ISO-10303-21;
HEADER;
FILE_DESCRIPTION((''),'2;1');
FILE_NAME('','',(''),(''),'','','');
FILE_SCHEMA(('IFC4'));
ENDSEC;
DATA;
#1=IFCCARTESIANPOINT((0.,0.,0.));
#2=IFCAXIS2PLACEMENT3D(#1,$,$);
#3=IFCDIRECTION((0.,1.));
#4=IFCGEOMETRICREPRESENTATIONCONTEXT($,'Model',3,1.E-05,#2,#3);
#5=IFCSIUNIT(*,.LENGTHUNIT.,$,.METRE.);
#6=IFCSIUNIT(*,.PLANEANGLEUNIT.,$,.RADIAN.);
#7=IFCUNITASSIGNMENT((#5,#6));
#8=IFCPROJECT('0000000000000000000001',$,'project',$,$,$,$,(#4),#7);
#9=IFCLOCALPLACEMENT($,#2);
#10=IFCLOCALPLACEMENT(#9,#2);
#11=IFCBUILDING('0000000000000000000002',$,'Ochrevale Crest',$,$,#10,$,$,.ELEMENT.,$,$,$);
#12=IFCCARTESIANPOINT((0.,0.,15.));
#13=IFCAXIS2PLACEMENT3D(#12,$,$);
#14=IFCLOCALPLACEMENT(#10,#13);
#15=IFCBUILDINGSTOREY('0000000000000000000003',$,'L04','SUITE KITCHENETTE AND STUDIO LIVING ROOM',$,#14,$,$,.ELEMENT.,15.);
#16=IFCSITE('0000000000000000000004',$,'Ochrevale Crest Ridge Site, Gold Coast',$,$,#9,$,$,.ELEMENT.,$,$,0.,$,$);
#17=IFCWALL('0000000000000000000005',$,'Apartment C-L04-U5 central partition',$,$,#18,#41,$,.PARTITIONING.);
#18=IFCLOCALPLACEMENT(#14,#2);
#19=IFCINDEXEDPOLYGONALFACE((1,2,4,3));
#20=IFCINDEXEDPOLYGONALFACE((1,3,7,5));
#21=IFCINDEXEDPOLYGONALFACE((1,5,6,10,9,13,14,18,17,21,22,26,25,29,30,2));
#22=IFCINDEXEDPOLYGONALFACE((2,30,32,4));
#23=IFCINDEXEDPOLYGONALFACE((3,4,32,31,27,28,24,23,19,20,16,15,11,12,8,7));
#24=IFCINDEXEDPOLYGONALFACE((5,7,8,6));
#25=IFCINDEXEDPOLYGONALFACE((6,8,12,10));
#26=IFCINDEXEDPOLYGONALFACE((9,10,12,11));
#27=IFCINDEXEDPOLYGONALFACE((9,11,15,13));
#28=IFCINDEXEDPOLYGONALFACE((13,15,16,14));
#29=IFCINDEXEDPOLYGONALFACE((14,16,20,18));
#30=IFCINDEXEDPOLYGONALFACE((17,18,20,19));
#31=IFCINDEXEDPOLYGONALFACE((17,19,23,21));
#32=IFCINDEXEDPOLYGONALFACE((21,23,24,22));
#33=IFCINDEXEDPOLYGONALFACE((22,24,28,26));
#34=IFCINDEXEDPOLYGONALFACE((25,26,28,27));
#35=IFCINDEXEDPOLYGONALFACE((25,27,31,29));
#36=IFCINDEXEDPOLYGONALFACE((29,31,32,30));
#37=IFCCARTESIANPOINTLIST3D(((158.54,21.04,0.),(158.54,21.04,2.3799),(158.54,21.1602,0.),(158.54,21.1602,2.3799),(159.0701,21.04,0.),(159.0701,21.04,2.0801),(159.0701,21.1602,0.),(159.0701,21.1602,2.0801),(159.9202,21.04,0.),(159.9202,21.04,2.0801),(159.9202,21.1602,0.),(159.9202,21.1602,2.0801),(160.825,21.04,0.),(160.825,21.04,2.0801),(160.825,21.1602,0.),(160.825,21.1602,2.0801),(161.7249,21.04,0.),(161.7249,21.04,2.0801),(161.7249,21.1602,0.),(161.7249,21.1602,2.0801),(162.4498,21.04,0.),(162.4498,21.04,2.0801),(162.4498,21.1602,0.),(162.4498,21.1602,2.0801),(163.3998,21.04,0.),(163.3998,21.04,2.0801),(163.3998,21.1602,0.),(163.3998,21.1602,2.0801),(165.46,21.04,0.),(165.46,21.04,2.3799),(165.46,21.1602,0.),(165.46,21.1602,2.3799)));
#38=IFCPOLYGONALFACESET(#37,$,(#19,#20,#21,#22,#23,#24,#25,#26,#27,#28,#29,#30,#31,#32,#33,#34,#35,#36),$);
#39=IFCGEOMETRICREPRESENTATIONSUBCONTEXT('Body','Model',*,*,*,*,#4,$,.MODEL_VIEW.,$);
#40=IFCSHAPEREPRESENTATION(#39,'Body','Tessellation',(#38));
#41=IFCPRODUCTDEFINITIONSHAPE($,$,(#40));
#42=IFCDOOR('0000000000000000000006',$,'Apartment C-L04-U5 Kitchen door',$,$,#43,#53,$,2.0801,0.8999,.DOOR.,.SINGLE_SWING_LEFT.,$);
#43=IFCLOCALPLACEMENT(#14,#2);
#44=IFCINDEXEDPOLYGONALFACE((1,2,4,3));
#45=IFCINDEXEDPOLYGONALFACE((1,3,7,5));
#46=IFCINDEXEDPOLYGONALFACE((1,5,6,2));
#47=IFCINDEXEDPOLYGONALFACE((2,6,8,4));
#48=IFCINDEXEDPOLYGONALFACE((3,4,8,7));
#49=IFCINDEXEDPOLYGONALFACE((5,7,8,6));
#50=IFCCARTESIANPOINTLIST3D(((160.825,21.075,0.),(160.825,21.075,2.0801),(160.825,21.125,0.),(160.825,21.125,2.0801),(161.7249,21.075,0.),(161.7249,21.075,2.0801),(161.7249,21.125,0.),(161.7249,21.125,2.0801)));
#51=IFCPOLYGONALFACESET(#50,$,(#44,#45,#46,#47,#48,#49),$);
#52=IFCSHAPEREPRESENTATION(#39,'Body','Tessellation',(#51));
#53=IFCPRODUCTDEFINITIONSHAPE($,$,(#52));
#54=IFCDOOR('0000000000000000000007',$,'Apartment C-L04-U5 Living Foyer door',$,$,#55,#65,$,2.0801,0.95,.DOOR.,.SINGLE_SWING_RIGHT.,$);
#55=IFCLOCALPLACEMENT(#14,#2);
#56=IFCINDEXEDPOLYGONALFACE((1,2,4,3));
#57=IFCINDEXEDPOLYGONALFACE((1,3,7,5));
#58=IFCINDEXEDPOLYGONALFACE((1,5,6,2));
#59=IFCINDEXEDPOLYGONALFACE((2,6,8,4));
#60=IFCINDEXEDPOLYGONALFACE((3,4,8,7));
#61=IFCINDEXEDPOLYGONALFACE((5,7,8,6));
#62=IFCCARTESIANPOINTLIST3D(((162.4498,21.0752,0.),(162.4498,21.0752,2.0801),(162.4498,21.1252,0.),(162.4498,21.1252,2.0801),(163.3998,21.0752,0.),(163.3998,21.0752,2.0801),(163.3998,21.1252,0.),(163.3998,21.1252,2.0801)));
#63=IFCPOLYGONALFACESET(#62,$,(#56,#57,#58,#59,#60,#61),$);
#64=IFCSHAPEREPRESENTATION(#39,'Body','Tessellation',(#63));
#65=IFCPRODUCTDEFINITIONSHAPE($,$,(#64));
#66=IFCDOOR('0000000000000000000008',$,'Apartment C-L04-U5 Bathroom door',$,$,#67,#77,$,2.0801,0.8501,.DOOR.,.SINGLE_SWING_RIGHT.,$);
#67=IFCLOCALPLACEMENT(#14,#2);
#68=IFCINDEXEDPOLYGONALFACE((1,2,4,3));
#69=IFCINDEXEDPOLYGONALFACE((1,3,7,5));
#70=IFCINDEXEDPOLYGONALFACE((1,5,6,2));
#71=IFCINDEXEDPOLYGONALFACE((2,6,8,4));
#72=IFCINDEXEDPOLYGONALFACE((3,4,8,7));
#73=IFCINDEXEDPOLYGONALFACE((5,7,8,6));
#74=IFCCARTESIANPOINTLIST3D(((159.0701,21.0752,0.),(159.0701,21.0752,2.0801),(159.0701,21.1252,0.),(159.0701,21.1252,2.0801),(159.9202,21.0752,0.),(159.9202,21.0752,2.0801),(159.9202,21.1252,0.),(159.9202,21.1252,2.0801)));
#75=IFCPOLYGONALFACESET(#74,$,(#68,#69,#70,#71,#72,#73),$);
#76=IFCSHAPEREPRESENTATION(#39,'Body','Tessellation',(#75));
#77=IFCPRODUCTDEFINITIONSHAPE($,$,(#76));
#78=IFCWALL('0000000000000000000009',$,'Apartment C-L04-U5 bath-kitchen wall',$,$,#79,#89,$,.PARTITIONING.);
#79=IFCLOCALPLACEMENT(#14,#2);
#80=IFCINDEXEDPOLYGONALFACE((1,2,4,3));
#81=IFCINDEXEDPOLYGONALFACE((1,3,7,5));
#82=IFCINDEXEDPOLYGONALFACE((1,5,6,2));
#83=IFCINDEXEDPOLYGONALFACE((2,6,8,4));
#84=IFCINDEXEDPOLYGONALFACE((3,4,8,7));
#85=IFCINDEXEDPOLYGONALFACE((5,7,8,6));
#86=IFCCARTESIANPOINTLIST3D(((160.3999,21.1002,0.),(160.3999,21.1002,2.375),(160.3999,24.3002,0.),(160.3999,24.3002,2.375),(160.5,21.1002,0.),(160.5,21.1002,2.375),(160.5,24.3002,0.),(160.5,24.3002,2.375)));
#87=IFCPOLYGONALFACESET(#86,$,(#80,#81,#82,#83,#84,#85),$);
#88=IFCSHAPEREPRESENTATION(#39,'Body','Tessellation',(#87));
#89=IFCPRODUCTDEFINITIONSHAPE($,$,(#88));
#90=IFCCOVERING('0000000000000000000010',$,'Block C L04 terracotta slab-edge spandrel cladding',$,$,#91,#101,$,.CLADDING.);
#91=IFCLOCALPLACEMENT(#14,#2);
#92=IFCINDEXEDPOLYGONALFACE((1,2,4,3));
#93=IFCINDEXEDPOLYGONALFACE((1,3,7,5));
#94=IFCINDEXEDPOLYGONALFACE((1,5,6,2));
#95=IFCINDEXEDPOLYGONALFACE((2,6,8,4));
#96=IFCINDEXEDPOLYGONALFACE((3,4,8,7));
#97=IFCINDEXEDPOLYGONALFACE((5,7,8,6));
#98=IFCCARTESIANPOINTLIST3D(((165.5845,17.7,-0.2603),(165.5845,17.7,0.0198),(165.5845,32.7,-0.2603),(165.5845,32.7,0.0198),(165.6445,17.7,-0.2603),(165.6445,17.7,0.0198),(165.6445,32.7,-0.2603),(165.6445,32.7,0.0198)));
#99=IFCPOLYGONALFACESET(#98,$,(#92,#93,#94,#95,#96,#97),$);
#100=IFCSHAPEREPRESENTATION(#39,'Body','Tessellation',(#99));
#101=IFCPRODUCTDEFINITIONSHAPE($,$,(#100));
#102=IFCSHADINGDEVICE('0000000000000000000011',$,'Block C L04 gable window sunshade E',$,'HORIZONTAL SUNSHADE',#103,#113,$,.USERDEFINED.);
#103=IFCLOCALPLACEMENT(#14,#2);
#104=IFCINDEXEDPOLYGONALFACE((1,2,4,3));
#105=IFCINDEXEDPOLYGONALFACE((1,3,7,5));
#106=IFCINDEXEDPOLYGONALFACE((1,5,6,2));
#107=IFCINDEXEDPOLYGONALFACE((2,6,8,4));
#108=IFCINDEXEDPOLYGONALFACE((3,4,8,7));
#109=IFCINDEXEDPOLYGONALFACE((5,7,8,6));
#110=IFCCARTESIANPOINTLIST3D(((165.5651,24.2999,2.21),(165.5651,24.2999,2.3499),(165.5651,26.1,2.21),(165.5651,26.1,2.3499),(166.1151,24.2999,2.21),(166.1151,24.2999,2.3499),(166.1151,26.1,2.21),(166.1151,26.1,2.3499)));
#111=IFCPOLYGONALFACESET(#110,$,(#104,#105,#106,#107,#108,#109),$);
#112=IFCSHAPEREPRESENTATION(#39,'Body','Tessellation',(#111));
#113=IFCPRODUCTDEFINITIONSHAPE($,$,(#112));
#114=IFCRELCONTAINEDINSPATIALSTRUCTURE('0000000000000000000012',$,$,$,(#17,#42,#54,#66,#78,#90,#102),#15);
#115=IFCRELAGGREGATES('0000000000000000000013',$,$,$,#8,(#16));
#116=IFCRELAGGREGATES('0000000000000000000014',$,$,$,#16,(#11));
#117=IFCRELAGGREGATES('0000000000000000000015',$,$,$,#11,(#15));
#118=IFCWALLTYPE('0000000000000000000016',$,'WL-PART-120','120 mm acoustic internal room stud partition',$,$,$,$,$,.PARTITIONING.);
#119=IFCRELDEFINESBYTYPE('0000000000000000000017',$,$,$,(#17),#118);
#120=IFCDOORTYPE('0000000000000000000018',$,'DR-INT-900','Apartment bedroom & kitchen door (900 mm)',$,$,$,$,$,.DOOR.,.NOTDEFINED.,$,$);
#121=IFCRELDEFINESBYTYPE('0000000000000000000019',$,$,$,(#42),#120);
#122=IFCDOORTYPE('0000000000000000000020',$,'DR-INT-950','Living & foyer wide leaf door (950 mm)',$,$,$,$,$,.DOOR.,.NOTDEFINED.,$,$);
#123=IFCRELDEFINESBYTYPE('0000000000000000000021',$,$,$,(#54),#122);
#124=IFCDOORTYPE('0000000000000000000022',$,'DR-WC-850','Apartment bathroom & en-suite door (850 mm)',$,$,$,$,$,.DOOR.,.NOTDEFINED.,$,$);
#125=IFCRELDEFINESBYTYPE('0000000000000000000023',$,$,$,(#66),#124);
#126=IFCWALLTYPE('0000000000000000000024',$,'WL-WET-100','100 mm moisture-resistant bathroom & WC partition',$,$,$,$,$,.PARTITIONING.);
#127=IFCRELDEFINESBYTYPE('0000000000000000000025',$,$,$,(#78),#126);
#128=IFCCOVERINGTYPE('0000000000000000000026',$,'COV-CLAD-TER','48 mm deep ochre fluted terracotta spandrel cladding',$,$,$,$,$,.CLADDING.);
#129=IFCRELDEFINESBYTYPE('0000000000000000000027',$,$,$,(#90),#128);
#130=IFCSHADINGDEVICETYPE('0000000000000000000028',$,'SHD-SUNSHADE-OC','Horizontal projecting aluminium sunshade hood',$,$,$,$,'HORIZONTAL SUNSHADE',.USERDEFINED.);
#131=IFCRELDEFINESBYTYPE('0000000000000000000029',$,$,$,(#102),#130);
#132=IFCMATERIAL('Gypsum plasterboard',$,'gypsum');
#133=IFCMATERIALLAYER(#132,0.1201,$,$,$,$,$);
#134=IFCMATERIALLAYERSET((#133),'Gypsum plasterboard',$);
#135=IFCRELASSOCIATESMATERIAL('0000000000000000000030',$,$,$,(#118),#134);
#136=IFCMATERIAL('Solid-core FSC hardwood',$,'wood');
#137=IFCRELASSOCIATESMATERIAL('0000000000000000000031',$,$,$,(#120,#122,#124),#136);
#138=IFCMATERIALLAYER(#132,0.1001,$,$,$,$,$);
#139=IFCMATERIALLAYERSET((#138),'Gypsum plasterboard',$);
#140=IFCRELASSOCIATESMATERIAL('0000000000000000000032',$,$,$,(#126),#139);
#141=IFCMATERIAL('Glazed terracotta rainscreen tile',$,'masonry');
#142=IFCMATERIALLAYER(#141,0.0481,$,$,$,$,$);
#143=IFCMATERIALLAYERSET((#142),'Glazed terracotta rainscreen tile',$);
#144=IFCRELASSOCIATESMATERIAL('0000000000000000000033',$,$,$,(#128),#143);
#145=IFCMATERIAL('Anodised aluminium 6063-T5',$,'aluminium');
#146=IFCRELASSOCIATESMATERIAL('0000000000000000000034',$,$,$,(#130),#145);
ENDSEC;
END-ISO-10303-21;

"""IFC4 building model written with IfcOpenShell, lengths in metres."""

from ifc_helpers import new_model, si_unit, direction, frame, frame_2d, origin, origin_2d, place, context, subcontext, project, spatial, rectangle, extrude, material, layer, layer_set, type_object, element, fill, save


model = new_model("IFC4")

# Units and contexts
model_context = context("Model", 3, precision=1e-05, world=origin(), true_north=direction((0.0, 1.0)))
body_context = subcontext(model_context, "Body", "Model", "MODEL_VIEW")
ifc_project = project(units=[si_unit("LENGTHUNIT", "METRE"), si_unit("PLANEANGLEUNIT", "RADIAN")], contexts=[model_context])

# Site, building, storey
site_placement = place(None, origin())
site = spatial("IfcSite", under=ifc_project, at=site_placement, Name="Ochrevale Crest Ridge Site, Gold Coast", CompositionType="ELEMENT", RefElevation=0.0)
building_placement = place(site_placement, origin())
building = spatial("IfcBuilding", under=site, at=building_placement, Name="Ochrevale Crest", CompositionType="ELEMENT")
storey_placement = place(building_placement, frame((0.0, 0.0, 15.0)))
storey = spatial("IfcBuildingStorey", under=building, at=storey_placement, Name="L04", Description="SUITE KITCHENETTE AND STUDIO LIVING ROOM", CompositionType="ELEMENT", Elevation=15.0)

# Shared definitions
ifc_material_1 = material(Name="Anodised aluminium 6063-T5", Category="aluminium")

# Shared definitions
ifc_material_2 = material(Name="Gypsum plasterboard", Category="gypsum")
ifc_material_3 = material(Name="Solid-core FSC hardwood", Category="wood")

# Shared definitions
ifc_layer_1 = layer(ifc_material_2, 0.1201)
ifc_layer_set_1 = layer_set([ifc_layer_1], Name="Gypsum plasterboard")
wall_type_1 = type_object("IfcWallType", Name="WL-PART-120", Description="120 mm acoustic internal room stud partition", PredefinedType="PARTITIONING", material=ifc_layer_set_1)

# Wall, openings, doors
wall_1_placement = place(storey_placement, frame((158.54, 21.1001, 0.0), z_axis=(0.0, 0.0, 1.0), x_axis=(1.0, 0.0, 0.0)))
wall_1 = element("IfcWall", 1, at=wall_1_placement, inside=storey, type_object=wall_type_1, Name="Apartment C-L04-U5 central partition", PredefinedType="PARTITIONING", context=body_context, shape_type="SweptSolid", body=[
    extrude(rectangle(XDim=6.9199, YDim=0.1201, at=frame_2d((3.46, 0.0))), origin(), (0.0, 0.0, 1.0), 2.3799),
])
opening_1_placement = place(wall_1_placement, frame((1.3801, 0.0, 0.0), z_axis=(0.0, 0.0, 1.0), x_axis=(-1.0, 0.0, 0.0)))
opening_1 = element("IfcOpeningElement", 2, at=opening_1_placement, cuts=wall_1, PredefinedType="OPENING", context=body_context, shape_type="SweptSolid", body=[
    extrude(rectangle(XDim=0.8501, YDim=2.0801, at=frame_2d((0.425, 1.04))), frame((0.0, 0.0701, 0.0), z_axis=(0.0, -1.0, 0.0), x_axis=(1.0, 0.0, 0.0)), (0.0, 0.0, 1.0), 0.1401),
])
opening_2_placement = place(wall_1_placement, frame((2.2849, 0.0, 0.0)))
opening_2 = element("IfcOpeningElement", 3, at=opening_2_placement, cuts=wall_1, PredefinedType="OPENING", context=body_context, shape_type="SweptSolid", body=[
    extrude(rectangle(XDim=0.8999, YDim=2.0801, at=frame_2d((0.45, 1.04))), frame((0.0, 0.0701, 0.0), z_axis=(0.0, -1.0, 0.0), x_axis=(1.0, 0.0, 0.0)), (0.0, 0.0, 1.0), 0.1401),
])
opening_3_placement = place(wall_1_placement, frame((4.8599, 0.0, 0.0), z_axis=(0.0, 0.0, 1.0), x_axis=(-1.0, 0.0, 0.0)))
opening_3 = element("IfcOpeningElement", 4, at=opening_3_placement, cuts=wall_1, PredefinedType="OPENING", context=body_context, shape_type="SweptSolid", body=[
    extrude(rectangle(XDim=0.95, YDim=2.0801, at=frame_2d((0.4751, 1.04))), frame((0.0, 0.0701, 0.0), z_axis=(0.0, -1.0, 0.0), x_axis=(1.0, 0.0, 0.0)), (0.0, 0.0, 1.0), 0.1401),
])
door_type_1 = type_object("IfcDoorType", Name="DR-INT-900", Description="Apartment bedroom & kitchen door (900 mm)", OperationType="NOTDEFINED", PredefinedType="DOOR", material=ifc_material_3)
door_1_placement = place(opening_2_placement, origin())
door_1 = element("IfcDoor", 5, at=door_1_placement, inside=storey, type_object=door_type_1, Name="Apartment C-L04-U5 Kitchen door", OperationType="SINGLE_SWING_LEFT", OverallHeight=2.0801, OverallWidth=0.8999, PredefinedType="DOOR", context=body_context, shape_type="SweptSolid", body=[
    extrude(rectangle(XDim=0.8999, YDim=2.0801, at=frame_2d((0.45, 1.04))), frame((0.0, 0.0249, 0.0), z_axis=(0.0, -1.0, 0.0), x_axis=(1.0, 0.0, 0.0)), (0.0, 0.0, 1.0), 0.05),
])
fill(opening_2, door_1)
door_type_2 = type_object("IfcDoorType", Name="DR-INT-950", Description="Living & foyer wide leaf door (950 mm)", OperationType="NOTDEFINED", PredefinedType="DOOR", material=ifc_material_3)
door_2_placement = place(opening_3_placement, origin())
door_2 = element("IfcDoor", 6, at=door_2_placement, inside=storey, type_object=door_type_2, Name="Apartment C-L04-U5 Living Foyer door", OperationType="SINGLE_SWING_RIGHT", OverallHeight=2.0801, OverallWidth=0.95, PredefinedType="DOOR", context=body_context, shape_type="SweptSolid", body=[
    extrude(rectangle(XDim=0.95, YDim=2.0801, at=frame_2d((0.4751, 1.04))), frame((0.0, 0.0249, 0.0), z_axis=(0.0, -1.0, 0.0), x_axis=(1.0, 0.0, 0.0)), (0.0, 0.0, 1.0), 0.05),
])
fill(opening_3, door_2)
door_type_3 = type_object("IfcDoorType", Name="DR-WC-850", Description="Apartment bathroom & en-suite door (850 mm)", OperationType="NOTDEFINED", PredefinedType="DOOR", material=ifc_material_3)
door_3_placement = place(opening_1_placement, origin())
door_3 = element("IfcDoor", 7, at=door_3_placement, inside=storey, type_object=door_type_3, Name="Apartment C-L04-U5 Bathroom door", OperationType="SINGLE_SWING_RIGHT", OverallHeight=2.0801, OverallWidth=0.8501, PredefinedType="DOOR", context=body_context, shape_type="SweptSolid", body=[
    extrude(rectangle(XDim=0.8501, YDim=2.0801, at=frame_2d((0.425, 1.04))), frame((0.0, 0.0249, 0.0), z_axis=(0.0, -1.0, 0.0), x_axis=(1.0, 0.0, 0.0)), (0.0, 0.0, 1.0), 0.05),
])
fill(opening_1, door_3)

# Wall
ifc_layer_2 = layer(ifc_material_2, 0.1001)
ifc_layer_set_2 = layer_set([ifc_layer_2], Name="Gypsum plasterboard")
wall_type_2 = type_object("IfcWallType", Name="WL-WET-100", Description="100 mm moisture-resistant bathroom & WC partition", PredefinedType="PARTITIONING", material=ifc_layer_set_2)
wall_2_placement = place(storey_placement, frame((160.45, 21.1001, 0.0), z_axis=(0.0, 0.0, 1.0), x_axis=(0.0, 1.0, 0.0)))
element("IfcWall", 8, at=wall_2_placement, inside=storey, type_object=wall_type_2, Name="Apartment C-L04-U5 bath-kitchen wall", PredefinedType="PARTITIONING", context=body_context, shape_type="SweptSolid", body=[
    extrude(rectangle(XDim=3.2, YDim=0.1001, at=frame_2d((1.6001, 0.0))), origin(), (0.0, 0.0, 1.0), 2.375),
])

# Covering
ifc_material_4 = material(Name="Glazed terracotta rainscreen tile", Category="masonry")
ifc_layer_3 = layer(ifc_material_4, 0.0481)
ifc_layer_set_3 = layer_set([ifc_layer_3], Name="Glazed terracotta rainscreen tile")
covering_type = type_object("IfcCoveringType", Name="COV-CLAD-TER", Description="48 mm deep ochre fluted terracotta spandrel cladding", PredefinedType="CLADDING", material=ifc_layer_set_3)
covering_placement = place(storey_placement, frame((165.6145, 25.2, -0.2603), z_axis=(0.0, 0.0, 1.0), x_axis=(0.0, 1.0, 0.0)))
element("IfcCovering", 9, at=covering_placement, inside=storey, type_object=covering_type, Name="Block C L04 terracotta slab-edge spandrel cladding", PredefinedType="CLADDING", context=body_context, shape_type="SweptSolid", body=[
    extrude(rectangle(XDim=15.0, YDim=0.0601, at=origin_2d()), origin(), (0.0, 0.0, 1.0), 0.28),
])

# Shading device
shading_device_type = type_object("IfcShadingDeviceType", Name="SHD-SUNSHADE-OC", Description="Horizontal projecting aluminium sunshade hood", ElementType="HORIZONTAL SUNSHADE", PredefinedType="USERDEFINED", material=ifc_material_1)
shading_device_placement = place(storey_placement, frame((165.8401, 25.2, 2.21), z_axis=(0.0, 0.0, 1.0), x_axis=(1.0, 0.0, 0.0)))
element("IfcShadingDevice", 10, at=shading_device_placement, inside=storey, type_object=shading_device_type, Name="Block C L04 gable window sunshade E", ObjectType="HORIZONTAL SUNSHADE", PredefinedType="USERDEFINED", context=body_context, shape_type="SweptSolid", body=[
    extrude(rectangle(XDim=0.55, YDim=1.8, at=origin_2d()), origin(), (0.0, 0.0, 1.0), 0.1399),
])

save(model, "model.ifc")
